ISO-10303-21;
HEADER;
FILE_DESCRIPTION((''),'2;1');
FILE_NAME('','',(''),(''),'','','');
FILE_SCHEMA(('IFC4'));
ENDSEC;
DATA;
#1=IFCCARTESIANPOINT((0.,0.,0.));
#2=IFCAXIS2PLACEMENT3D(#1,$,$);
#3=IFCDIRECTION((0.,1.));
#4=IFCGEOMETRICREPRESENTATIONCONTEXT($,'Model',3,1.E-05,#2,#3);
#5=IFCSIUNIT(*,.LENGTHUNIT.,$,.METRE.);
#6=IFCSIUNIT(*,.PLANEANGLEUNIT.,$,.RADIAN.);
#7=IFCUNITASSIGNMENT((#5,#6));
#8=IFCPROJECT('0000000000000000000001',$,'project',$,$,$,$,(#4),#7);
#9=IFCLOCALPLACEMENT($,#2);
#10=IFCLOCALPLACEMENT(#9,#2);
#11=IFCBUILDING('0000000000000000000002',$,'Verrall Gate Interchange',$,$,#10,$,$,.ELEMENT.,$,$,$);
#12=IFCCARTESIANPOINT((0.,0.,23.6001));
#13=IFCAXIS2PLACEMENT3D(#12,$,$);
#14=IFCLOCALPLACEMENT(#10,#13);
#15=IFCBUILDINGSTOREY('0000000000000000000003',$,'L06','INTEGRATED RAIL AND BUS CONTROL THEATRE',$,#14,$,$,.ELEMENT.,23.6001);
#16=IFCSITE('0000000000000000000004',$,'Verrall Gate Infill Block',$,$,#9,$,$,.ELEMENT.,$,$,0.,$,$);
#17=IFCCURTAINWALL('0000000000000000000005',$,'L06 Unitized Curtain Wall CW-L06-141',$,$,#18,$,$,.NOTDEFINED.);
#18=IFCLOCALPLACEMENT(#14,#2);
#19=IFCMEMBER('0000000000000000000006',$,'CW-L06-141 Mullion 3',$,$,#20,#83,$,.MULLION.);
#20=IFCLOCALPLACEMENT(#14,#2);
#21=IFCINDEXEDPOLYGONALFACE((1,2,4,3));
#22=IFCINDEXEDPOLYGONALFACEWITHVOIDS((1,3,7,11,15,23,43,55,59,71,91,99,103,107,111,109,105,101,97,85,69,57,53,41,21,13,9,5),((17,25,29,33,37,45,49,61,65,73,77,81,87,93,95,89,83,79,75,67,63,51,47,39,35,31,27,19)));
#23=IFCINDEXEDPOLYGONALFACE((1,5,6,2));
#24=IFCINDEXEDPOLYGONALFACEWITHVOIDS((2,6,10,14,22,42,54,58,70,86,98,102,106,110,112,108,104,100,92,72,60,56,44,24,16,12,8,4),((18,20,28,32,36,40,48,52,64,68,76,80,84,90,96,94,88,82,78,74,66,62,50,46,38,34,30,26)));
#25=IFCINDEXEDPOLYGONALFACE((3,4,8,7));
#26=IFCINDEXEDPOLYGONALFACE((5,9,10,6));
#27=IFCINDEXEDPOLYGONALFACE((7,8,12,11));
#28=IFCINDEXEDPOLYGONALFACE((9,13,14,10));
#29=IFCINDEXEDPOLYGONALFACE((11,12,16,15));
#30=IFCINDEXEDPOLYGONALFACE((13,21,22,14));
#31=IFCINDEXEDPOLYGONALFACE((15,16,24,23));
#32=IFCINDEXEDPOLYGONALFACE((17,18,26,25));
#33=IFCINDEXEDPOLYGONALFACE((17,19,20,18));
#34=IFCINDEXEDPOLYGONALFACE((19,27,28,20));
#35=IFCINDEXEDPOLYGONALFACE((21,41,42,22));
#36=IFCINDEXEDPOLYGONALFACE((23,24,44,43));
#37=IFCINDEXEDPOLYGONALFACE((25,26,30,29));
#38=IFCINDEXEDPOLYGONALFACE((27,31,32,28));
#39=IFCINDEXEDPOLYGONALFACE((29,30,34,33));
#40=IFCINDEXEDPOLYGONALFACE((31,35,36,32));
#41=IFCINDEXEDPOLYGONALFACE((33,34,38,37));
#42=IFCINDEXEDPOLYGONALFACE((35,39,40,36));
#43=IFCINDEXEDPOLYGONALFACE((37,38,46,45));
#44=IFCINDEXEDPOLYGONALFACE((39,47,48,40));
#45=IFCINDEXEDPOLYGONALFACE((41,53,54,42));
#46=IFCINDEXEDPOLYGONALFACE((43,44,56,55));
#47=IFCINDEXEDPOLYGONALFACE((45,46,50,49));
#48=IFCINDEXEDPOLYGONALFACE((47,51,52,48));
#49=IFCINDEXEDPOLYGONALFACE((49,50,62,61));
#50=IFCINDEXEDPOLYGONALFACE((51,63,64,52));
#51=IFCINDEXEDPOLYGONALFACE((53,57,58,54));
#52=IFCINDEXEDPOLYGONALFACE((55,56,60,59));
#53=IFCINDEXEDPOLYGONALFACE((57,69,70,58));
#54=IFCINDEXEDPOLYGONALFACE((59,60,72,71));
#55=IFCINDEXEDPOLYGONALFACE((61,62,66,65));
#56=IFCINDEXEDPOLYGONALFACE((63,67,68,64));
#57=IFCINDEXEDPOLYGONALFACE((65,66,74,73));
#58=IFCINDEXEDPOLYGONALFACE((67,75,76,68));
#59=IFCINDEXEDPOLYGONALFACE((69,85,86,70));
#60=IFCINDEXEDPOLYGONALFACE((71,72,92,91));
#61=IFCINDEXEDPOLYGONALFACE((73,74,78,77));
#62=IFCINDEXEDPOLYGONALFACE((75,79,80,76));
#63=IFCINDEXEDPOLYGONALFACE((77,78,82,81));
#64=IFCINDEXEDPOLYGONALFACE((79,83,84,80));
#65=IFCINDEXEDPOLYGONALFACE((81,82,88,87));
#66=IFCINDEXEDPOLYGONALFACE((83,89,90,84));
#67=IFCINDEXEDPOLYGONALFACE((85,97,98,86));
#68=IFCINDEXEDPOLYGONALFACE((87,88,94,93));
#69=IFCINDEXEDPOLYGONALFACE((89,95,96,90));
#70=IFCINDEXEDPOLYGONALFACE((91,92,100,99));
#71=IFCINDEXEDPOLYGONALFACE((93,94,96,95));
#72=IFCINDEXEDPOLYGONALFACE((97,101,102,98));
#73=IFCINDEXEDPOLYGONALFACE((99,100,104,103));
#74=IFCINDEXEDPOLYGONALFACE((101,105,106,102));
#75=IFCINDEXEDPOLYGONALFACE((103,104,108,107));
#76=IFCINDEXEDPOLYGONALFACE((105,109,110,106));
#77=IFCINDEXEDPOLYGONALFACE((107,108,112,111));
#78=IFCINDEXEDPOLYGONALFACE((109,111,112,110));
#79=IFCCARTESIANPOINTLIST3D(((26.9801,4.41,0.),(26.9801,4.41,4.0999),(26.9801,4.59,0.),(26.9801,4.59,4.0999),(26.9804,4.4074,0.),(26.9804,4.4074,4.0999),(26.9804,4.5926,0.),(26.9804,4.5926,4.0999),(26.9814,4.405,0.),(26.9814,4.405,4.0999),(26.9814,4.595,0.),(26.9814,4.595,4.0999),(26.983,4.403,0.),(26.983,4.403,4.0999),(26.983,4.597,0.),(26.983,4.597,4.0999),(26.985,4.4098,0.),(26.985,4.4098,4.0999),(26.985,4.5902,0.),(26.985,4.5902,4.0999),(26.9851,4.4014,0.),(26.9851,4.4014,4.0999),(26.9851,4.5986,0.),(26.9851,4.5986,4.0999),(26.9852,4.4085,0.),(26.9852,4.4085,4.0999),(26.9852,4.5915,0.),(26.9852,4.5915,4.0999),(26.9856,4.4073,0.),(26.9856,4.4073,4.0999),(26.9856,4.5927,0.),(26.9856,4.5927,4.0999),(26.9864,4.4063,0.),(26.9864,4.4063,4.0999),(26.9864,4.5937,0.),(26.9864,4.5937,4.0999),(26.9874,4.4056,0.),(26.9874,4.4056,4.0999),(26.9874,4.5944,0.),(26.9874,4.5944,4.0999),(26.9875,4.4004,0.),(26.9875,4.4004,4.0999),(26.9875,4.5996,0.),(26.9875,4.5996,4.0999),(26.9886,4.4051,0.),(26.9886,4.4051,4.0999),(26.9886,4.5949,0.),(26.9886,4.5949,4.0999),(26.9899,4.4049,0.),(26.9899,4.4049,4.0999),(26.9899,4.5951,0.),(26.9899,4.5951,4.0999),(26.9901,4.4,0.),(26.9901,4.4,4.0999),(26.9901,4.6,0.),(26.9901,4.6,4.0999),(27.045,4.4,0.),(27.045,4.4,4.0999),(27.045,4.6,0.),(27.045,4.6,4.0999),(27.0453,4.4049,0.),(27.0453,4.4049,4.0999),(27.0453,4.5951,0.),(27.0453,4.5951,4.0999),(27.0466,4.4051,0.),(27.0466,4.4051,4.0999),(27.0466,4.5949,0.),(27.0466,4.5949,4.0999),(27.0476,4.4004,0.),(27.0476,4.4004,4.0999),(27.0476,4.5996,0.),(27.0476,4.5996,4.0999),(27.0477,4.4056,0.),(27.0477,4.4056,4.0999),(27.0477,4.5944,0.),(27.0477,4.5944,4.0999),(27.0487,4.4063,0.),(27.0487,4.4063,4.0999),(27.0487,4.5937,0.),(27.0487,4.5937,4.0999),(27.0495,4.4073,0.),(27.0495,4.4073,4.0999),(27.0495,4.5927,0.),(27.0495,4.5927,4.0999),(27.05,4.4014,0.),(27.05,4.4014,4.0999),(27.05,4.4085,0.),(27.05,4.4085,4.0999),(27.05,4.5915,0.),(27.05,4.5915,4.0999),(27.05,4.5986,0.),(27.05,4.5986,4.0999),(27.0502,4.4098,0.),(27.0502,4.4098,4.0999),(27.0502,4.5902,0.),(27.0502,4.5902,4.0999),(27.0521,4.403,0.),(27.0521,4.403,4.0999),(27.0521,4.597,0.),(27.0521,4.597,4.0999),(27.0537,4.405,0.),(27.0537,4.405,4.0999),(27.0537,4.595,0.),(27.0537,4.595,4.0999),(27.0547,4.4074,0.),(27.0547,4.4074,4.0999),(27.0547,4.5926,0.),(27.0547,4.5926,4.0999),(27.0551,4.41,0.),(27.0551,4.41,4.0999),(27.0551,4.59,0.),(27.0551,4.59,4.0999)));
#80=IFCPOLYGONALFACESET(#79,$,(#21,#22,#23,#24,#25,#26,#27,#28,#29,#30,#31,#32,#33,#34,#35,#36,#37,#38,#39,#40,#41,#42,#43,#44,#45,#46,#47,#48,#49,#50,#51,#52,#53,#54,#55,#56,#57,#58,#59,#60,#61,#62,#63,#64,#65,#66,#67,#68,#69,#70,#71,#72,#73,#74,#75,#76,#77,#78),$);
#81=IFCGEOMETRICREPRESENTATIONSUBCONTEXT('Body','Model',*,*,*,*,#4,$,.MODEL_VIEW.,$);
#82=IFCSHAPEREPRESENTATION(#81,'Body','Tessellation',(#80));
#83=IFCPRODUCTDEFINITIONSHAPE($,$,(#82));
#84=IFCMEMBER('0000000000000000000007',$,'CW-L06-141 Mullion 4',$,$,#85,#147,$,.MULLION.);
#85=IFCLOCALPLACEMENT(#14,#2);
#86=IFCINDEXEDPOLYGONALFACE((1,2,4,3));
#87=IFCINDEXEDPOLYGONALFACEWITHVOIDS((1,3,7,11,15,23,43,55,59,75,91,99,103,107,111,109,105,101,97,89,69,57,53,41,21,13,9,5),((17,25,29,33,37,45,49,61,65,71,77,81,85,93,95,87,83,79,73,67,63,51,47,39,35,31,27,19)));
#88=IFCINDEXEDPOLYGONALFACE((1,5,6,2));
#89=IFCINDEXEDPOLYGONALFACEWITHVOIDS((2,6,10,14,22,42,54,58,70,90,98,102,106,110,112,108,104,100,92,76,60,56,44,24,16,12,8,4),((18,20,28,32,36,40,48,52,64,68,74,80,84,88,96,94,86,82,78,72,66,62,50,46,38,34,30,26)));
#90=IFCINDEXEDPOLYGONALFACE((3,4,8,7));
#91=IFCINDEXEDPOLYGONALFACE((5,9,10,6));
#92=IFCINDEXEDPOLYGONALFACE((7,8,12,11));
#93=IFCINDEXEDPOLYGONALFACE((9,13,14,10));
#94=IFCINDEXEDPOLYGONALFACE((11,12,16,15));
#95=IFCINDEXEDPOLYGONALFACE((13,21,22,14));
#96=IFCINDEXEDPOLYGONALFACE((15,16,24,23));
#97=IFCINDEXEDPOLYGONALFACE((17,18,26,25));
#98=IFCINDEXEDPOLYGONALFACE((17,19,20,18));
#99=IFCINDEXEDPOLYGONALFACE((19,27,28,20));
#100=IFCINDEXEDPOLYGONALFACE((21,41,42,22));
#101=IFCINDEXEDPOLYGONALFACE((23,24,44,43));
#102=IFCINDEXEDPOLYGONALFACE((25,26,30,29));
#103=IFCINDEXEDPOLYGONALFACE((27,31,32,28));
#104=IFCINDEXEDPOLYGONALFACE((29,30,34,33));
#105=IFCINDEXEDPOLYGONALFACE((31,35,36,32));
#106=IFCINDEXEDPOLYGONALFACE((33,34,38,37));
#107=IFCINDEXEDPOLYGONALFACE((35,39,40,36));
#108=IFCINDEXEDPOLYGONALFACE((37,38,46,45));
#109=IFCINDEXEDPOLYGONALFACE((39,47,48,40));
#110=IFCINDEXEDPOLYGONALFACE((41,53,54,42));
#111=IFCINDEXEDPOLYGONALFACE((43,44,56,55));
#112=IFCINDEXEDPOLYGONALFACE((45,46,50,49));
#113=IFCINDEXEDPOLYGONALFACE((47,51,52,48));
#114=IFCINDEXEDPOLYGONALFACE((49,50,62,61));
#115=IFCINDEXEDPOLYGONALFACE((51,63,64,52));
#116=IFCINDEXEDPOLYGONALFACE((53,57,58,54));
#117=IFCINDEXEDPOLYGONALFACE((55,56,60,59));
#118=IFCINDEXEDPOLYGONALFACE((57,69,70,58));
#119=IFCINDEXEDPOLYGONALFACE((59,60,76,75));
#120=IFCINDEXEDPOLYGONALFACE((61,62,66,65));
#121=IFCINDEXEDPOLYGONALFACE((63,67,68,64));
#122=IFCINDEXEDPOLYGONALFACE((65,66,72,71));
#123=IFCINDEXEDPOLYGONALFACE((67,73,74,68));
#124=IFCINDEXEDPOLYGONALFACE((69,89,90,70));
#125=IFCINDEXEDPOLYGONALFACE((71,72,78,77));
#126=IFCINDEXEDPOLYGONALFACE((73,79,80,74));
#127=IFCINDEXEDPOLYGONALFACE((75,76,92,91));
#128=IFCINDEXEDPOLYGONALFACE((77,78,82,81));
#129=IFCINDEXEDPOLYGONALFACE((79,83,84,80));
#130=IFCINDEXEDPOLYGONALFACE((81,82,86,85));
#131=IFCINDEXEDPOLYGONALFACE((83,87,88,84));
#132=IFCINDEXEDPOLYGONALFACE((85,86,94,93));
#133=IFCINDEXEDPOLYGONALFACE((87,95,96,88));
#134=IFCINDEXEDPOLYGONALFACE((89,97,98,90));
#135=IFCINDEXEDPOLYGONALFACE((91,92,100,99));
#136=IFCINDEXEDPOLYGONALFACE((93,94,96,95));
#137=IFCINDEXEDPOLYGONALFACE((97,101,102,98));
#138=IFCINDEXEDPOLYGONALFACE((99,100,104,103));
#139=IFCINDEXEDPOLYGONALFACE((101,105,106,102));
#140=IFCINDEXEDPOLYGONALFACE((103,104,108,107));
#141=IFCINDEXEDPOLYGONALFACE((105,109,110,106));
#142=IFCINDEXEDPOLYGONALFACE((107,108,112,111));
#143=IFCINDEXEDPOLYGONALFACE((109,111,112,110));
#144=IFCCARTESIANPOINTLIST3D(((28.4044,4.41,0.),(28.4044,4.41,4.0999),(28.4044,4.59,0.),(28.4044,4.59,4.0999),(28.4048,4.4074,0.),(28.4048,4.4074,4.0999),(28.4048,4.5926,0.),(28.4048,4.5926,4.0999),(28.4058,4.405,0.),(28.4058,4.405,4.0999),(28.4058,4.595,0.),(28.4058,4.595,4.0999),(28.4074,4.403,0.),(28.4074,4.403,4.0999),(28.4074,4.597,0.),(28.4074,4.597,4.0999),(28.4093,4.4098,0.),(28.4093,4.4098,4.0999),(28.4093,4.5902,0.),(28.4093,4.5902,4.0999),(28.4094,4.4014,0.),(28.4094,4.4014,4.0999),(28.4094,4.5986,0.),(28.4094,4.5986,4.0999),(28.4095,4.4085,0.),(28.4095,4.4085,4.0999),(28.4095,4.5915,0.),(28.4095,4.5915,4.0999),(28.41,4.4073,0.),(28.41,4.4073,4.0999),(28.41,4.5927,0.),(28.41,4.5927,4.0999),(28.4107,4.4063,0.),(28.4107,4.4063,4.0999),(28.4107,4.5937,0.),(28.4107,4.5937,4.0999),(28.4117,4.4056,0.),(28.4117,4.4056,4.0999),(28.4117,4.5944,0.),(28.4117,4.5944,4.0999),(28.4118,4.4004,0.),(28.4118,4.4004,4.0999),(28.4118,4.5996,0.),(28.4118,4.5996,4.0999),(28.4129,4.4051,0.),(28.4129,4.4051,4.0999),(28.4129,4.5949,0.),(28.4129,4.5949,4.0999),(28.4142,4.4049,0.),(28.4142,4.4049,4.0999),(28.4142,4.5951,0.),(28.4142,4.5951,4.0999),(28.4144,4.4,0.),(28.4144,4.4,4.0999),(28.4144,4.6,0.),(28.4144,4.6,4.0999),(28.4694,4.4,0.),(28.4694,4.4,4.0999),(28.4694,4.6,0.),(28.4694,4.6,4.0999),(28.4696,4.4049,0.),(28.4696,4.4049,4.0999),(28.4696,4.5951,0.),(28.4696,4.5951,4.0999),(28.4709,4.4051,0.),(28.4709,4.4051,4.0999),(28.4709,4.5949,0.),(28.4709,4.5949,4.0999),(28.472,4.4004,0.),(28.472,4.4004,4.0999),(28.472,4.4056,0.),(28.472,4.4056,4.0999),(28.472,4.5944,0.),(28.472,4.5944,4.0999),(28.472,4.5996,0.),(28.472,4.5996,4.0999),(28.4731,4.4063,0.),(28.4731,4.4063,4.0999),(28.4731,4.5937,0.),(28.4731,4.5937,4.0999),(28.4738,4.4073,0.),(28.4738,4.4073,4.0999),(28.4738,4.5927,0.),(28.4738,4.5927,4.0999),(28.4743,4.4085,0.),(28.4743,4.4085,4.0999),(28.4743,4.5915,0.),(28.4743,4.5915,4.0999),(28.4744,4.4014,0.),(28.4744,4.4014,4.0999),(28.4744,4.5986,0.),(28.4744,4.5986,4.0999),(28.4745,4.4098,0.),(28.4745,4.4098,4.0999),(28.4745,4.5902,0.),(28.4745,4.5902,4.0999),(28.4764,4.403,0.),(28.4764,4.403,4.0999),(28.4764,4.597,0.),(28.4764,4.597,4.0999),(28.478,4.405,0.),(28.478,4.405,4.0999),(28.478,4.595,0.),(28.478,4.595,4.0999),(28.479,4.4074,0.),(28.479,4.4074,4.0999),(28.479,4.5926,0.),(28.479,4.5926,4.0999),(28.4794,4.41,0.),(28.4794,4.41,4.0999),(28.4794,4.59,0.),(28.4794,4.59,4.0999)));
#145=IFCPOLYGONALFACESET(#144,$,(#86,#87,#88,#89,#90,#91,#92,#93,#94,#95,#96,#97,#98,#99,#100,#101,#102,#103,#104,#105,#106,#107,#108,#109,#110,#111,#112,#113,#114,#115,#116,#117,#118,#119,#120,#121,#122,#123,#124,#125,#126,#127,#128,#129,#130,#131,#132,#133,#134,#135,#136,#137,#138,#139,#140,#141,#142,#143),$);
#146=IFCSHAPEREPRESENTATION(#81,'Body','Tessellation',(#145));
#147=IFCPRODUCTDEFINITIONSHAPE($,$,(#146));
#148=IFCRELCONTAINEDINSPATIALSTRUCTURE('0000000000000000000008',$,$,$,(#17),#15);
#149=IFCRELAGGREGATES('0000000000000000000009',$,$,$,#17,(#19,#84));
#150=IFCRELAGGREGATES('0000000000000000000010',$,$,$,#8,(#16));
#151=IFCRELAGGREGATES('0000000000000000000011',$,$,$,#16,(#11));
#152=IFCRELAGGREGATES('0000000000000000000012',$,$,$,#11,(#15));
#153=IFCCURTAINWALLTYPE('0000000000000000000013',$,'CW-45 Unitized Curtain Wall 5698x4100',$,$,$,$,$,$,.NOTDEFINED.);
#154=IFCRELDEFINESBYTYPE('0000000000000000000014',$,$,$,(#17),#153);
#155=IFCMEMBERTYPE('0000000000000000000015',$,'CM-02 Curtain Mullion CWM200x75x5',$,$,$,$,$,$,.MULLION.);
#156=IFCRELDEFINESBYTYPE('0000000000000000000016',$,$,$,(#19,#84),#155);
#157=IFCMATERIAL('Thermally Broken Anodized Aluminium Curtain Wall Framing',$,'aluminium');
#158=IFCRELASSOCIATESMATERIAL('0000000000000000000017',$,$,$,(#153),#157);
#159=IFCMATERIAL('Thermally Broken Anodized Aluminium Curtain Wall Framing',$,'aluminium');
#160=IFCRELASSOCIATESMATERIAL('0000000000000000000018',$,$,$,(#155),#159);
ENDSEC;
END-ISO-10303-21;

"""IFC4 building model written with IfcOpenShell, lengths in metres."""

from ifc_helpers import new_model, si_unit, direction, frame, origin, origin_2d, place, context, subcontext, project, spatial, hollow_rectangle, extrude, material, material_profile, profile_set, type_object, element, aggregate, save


model = new_model("IFC4")

# Units and contexts
model_context = context("Model", 3, precision=1e-05, world=origin(), true_north=direction((0.0, 1.0)))
body_context = subcontext(model_context, "Body", "Model", "MODEL_VIEW")
ifc_project = project(units=[si_unit("LENGTHUNIT", "METRE"), si_unit("PLANEANGLEUNIT", "RADIAN")], contexts=[model_context])

# Site, building, storey
site_placement = place(None, origin())
site = spatial("IfcSite", under=ifc_project, at=site_placement, Name="Verrall Gate Infill Block", CompositionType="ELEMENT", RefElevation=0.0)
building_placement = place(site_placement, origin())
building = spatial("IfcBuilding", under=site, at=building_placement, Name="Verrall Gate Interchange", CompositionType="ELEMENT")
storey_placement = place(building_placement, frame((0.0, 0.0, 23.6001)))
storey = spatial("IfcBuildingStorey", under=building, at=storey_placement, Name="L06", Description="INTEGRATED RAIL AND BUS CONTROL THEATRE", CompositionType="ELEMENT", Elevation=23.6001)

# Shared definitions
ifc_material_1 = material(Name="Thermally Broken Anodized Aluminium Curtain Wall Framing", Category="aluminium")
curtain_wall_type = type_object("IfcCurtainWallType", Name="CW-45 Unitized Curtain Wall 5698x4100", PredefinedType="NOTDEFINED", material=ifc_material_1)

# Curtain wall, members
curtain_wall_1_placement = place(storey_placement, origin())
curtain_wall_1 = element("IfcCurtainWall", 1, at=curtain_wall_1_placement, inside=storey, type_object=curtain_wall_type, Name="L06 Unitized Curtain Wall CW-L06-141", PredefinedType="NOTDEFINED")
ifc_material_2 = material(Name="Thermally Broken Anodized Aluminium Curtain Wall Framing", Category="aluminium")
ifc_material_profile_1 = material_profile(ifc_material_2, hollow_rectangle(XDim=0.075, YDim=0.2, WallThickness=0.0049, InnerFilletRadius=0.0049, OuterFilletRadius=0.01, at=origin_2d()), Name="CWM200x75x5")
ifc_profile_set_1 = profile_set([ifc_material_profile_1], Name="Thermally Broken Anodized Aluminium Curtain Wall Framing")
member_type_1 = type_object("IfcMemberType", Name="CM-02 Curtain Mullion CWM200x75x5", PredefinedType="MULLION", material=ifc_profile_set_1)
member_1_placement = place(storey_placement, frame((27.0176, 4.5, 0.0), z_axis=(0.0, 0.0, 1.0), x_axis=(1.0, 0.0, 0.0)))
member_1 = element("IfcMember", 2, at=member_1_placement, type_object=member_type_1, Name="CW-L06-141 Mullion 3", PredefinedType="MULLION", context=body_context, shape_type="SweptSolid", body=[
    extrude(hollow_rectangle(XDim=0.075, YDim=0.2, WallThickness=0.0049, InnerFilletRadius=0.0049, OuterFilletRadius=0.01, at=origin_2d()), origin(), (0.0, 0.0, 1.0), 4.0999),
])
member_2_placement = place(storey_placement, frame((28.4419, 4.5, 0.0), z_axis=(0.0, 0.0, 1.0), x_axis=(1.0, 0.0, 0.0)))
member_2 = element("IfcMember", 3, at=member_2_placement, type_object=member_type_1, Name="CW-L06-141 Mullion 4", PredefinedType="MULLION", context=body_context, shape_type="SweptSolid", body=[
    extrude(hollow_rectangle(XDim=0.075, YDim=0.2, WallThickness=0.0049, InnerFilletRadius=0.0049, OuterFilletRadius=0.01, at=origin_2d()), origin(), (0.0, 0.0, 1.0), 4.0999),
])

aggregate(curtain_wall_1, [member_1, member_2])

save(model, "model.ifc")
